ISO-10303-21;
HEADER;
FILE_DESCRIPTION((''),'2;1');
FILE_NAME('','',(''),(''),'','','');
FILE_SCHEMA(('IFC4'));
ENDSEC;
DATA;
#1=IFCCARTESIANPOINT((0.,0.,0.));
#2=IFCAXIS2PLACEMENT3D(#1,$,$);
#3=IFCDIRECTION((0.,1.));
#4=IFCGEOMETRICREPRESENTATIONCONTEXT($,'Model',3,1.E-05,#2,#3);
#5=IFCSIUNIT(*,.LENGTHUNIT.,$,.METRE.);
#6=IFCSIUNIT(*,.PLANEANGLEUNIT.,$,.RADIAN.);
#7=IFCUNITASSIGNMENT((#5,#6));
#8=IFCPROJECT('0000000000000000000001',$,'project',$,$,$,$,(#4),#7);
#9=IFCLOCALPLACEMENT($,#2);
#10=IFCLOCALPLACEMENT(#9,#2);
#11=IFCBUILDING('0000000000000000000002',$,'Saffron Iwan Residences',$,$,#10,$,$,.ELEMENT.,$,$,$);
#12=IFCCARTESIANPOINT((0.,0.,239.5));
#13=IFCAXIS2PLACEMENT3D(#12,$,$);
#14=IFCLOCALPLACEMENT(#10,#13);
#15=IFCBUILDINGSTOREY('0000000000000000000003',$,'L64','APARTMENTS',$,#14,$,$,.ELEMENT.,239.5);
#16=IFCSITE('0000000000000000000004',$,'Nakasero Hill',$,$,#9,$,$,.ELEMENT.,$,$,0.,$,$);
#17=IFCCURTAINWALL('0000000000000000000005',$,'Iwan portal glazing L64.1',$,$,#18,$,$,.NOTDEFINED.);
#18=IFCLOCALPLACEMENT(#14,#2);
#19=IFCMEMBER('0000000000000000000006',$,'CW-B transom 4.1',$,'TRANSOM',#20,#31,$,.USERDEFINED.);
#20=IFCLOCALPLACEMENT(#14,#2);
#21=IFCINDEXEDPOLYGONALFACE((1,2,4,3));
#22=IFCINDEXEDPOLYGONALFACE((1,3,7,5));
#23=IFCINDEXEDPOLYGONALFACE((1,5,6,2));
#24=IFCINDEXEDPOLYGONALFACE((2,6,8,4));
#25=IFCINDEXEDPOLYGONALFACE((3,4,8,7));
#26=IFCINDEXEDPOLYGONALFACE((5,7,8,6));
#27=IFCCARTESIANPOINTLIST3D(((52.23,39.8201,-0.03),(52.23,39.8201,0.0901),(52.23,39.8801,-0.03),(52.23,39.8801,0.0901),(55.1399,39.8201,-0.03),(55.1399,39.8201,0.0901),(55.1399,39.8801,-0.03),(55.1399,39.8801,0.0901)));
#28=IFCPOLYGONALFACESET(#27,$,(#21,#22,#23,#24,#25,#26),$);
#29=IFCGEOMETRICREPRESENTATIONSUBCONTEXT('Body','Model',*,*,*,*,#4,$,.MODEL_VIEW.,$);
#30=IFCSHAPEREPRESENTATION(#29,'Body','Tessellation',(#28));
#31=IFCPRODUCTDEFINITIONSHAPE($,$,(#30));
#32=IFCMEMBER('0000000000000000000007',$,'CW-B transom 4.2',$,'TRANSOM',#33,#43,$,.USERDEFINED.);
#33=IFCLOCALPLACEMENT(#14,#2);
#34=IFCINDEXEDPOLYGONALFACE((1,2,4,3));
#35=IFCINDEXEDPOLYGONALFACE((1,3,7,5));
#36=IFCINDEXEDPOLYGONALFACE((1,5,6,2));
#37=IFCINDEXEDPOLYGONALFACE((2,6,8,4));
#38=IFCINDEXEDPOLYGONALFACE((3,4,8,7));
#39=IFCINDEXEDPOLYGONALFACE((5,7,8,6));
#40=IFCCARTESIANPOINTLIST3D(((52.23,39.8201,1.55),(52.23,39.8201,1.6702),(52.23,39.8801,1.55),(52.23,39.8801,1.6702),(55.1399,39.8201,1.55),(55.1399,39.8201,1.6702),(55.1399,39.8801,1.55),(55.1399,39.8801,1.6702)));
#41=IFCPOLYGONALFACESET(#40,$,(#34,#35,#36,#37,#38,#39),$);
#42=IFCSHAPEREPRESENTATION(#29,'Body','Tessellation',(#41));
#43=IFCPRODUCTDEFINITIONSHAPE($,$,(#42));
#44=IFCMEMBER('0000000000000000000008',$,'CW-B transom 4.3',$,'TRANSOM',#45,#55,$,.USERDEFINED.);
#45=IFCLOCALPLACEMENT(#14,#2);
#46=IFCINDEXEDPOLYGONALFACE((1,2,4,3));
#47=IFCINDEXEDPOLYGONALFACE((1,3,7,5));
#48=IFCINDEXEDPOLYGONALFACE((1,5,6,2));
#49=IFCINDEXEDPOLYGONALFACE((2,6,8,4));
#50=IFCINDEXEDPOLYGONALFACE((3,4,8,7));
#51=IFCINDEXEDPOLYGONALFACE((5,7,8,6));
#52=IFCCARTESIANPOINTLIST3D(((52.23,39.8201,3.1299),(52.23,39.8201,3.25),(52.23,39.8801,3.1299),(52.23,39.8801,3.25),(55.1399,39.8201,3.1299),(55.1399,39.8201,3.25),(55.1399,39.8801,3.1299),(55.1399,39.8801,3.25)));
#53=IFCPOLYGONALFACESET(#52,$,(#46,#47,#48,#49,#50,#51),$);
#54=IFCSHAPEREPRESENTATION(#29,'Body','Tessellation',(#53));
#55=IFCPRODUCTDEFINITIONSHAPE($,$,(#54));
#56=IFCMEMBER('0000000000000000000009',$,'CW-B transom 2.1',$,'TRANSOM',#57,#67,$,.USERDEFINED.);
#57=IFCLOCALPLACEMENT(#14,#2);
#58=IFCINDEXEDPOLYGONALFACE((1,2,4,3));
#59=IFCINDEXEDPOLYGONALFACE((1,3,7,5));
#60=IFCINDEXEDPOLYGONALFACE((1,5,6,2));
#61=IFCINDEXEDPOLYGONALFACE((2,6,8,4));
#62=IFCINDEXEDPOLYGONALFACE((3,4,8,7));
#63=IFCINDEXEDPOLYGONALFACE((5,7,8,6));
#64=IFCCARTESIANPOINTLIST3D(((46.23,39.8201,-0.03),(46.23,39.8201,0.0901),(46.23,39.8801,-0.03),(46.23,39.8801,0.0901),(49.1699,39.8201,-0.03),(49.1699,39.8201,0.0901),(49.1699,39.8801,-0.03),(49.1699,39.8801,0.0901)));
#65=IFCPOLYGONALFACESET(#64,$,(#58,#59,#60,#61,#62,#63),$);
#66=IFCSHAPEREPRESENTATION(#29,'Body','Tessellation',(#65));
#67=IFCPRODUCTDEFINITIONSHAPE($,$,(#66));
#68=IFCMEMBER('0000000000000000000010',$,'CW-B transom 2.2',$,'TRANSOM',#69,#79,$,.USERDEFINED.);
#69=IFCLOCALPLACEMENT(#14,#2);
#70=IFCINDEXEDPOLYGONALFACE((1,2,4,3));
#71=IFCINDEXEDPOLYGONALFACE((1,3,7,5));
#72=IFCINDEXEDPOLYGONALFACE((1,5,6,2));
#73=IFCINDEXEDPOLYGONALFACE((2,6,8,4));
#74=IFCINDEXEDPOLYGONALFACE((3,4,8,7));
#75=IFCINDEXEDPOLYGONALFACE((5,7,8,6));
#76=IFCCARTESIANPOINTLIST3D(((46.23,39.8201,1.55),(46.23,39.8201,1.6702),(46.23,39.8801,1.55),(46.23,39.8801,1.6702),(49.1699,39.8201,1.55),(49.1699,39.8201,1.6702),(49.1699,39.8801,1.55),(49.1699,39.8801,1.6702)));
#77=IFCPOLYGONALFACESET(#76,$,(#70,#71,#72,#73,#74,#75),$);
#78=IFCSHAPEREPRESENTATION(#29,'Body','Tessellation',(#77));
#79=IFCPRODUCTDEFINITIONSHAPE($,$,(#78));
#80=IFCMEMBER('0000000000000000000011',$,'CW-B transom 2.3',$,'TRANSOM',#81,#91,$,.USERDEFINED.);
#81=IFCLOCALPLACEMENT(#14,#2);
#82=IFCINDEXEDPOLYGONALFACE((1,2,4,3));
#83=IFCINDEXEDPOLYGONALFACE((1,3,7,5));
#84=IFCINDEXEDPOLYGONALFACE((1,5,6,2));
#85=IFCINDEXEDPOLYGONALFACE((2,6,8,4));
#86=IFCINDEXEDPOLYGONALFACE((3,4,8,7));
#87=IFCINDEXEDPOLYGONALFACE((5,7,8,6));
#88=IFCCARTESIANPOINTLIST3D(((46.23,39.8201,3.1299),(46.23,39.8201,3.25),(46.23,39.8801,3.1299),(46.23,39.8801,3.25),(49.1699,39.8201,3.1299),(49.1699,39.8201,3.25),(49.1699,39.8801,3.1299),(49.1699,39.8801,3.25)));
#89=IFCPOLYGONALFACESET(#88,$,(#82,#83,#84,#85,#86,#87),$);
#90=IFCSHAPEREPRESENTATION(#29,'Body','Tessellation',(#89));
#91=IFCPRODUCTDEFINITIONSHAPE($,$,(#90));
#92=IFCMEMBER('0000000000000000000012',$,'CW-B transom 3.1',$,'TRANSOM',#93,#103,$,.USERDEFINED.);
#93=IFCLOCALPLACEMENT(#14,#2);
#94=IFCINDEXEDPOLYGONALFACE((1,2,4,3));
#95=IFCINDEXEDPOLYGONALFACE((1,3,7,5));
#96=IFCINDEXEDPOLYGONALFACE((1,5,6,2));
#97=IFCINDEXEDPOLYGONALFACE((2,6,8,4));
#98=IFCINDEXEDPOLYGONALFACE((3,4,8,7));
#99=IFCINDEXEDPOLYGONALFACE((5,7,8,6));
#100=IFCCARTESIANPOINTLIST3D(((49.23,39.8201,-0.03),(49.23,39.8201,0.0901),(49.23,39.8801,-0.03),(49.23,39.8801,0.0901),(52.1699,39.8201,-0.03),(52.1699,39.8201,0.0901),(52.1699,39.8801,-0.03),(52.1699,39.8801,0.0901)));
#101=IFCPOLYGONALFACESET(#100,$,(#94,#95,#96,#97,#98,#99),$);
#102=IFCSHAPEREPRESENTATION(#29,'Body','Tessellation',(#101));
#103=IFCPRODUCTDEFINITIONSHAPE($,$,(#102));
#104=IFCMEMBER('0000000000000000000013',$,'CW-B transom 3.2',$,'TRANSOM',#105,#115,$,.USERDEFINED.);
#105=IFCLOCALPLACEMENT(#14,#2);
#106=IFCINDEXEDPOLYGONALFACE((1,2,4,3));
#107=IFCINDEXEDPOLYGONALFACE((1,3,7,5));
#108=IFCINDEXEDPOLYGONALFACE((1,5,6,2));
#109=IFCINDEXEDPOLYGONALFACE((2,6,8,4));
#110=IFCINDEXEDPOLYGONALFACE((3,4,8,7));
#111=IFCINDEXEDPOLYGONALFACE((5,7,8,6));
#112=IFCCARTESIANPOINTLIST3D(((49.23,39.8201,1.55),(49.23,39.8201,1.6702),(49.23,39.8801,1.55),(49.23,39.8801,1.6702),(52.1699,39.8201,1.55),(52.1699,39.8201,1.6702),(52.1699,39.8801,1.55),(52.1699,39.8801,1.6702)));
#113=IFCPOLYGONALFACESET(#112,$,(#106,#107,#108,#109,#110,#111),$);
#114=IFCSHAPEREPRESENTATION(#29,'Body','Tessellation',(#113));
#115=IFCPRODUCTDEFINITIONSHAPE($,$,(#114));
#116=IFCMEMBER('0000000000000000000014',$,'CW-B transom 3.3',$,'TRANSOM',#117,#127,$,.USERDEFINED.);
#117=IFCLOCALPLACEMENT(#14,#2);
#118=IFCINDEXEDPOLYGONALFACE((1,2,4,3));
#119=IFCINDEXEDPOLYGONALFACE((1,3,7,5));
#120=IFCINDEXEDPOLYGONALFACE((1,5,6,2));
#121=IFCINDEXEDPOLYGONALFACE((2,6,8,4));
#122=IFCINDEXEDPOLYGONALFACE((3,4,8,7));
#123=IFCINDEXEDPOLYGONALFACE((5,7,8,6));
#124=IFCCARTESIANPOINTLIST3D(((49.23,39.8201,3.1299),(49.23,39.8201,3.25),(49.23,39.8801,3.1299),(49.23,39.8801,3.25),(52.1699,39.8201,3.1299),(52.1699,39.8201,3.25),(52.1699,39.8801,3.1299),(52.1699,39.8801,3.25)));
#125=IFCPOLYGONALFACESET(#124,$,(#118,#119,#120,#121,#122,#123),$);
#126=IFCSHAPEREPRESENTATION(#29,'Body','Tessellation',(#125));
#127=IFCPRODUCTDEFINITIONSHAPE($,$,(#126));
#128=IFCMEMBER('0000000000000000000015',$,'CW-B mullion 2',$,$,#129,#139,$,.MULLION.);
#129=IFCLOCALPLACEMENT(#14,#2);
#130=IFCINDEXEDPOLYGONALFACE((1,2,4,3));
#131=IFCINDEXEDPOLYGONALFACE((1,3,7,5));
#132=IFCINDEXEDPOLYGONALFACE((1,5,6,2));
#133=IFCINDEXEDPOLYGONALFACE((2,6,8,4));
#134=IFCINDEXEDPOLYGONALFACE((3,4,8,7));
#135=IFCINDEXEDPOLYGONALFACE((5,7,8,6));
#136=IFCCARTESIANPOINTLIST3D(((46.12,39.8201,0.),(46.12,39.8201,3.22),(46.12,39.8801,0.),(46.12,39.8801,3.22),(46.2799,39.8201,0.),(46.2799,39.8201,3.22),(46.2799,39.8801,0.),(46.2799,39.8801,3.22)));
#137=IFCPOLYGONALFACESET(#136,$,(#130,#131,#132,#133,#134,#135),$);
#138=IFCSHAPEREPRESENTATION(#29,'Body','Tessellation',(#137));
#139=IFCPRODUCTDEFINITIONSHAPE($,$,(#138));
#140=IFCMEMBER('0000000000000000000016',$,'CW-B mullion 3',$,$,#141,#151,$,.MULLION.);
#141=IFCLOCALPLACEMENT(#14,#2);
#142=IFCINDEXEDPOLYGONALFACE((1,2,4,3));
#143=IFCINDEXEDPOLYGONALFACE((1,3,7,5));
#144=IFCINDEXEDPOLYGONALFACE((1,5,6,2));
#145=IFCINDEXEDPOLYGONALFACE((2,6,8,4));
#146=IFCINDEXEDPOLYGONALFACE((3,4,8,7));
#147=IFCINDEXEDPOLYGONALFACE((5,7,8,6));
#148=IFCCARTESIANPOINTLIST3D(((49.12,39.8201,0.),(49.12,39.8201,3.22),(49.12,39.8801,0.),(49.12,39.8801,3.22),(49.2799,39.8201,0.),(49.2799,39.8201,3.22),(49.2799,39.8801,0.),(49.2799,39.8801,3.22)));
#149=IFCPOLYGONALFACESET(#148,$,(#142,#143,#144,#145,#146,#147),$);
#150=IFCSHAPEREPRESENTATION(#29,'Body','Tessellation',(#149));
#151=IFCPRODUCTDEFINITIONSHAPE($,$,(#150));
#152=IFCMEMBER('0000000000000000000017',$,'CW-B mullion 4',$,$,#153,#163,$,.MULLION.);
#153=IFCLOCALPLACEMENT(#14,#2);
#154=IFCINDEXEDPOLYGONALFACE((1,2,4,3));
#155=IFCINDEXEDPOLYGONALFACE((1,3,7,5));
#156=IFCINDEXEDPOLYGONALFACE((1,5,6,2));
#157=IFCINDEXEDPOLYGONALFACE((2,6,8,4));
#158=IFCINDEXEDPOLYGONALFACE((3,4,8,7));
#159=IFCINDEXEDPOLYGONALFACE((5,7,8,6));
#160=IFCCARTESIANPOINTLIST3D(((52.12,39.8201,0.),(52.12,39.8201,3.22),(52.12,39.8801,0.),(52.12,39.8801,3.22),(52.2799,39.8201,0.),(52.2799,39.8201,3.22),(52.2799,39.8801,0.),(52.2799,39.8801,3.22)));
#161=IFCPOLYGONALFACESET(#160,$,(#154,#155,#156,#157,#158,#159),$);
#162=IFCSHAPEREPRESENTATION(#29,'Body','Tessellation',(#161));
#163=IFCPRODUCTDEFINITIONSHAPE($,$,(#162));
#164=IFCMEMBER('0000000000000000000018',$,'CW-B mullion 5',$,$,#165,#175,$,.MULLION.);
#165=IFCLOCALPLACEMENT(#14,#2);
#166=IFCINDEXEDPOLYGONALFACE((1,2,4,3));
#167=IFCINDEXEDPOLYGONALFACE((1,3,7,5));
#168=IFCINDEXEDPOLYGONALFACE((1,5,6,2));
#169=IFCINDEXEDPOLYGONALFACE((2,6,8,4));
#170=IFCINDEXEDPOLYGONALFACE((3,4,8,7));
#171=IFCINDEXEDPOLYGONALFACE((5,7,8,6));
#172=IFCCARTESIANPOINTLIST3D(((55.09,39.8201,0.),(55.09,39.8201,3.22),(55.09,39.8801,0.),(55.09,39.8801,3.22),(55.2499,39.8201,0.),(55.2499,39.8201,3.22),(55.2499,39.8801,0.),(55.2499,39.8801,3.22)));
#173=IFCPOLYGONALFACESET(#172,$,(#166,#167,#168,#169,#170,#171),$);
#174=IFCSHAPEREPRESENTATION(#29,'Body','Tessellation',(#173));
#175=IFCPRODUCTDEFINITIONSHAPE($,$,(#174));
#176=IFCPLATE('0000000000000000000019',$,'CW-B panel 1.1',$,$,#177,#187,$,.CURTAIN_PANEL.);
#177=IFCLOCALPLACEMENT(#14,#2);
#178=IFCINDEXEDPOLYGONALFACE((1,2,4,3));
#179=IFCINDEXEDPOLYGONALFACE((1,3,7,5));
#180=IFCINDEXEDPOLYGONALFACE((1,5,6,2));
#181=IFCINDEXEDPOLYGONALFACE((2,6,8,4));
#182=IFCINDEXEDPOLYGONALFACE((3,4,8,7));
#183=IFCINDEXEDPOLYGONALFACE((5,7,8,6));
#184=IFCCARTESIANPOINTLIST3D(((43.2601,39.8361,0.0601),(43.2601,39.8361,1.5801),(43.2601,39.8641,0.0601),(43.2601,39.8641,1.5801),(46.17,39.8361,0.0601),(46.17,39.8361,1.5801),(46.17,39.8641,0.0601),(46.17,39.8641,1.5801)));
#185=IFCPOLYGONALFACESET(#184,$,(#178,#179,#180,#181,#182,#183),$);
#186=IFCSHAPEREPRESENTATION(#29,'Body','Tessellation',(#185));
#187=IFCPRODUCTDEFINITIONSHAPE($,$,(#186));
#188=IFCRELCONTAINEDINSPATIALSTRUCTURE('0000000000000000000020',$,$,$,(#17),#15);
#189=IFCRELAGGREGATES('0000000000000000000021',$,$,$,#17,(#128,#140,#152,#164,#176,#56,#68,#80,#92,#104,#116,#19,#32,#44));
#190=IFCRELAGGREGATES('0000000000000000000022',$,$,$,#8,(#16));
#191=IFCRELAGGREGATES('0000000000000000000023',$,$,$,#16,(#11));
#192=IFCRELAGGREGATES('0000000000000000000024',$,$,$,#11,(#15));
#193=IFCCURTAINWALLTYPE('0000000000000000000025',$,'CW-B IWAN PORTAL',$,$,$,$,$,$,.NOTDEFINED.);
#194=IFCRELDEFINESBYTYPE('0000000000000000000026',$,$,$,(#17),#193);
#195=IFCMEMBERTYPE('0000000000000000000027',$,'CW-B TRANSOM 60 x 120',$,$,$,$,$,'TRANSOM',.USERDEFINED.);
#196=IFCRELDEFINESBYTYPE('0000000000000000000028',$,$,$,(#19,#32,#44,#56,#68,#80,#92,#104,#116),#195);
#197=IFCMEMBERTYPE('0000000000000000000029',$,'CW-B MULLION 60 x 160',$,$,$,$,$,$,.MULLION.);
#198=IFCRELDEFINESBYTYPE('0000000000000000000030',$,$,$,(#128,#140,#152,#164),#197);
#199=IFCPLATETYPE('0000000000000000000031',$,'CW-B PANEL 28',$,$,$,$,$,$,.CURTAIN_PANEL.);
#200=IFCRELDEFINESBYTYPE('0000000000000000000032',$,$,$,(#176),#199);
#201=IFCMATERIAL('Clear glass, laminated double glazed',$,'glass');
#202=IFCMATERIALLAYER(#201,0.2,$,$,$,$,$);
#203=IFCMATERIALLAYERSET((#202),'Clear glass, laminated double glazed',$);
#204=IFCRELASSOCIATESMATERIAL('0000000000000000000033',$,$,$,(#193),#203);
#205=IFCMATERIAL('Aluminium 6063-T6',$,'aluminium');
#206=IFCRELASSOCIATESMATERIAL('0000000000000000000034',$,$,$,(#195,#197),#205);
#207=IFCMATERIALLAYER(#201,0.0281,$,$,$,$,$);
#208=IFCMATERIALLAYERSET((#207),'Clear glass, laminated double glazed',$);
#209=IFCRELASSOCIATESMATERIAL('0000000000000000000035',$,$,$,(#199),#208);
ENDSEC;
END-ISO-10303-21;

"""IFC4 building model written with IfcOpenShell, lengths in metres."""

from ifc_helpers import new_model, si_unit, direction, frame, origin, origin_2d, place, context, subcontext, project, spatial, rectangle, extrude, source, transform, mapped, material, layer, layer_set, material_profile, profile_set, type_object, element, aggregate, save


model = new_model("IFC4")

# Units and contexts
model_context = context("Model", 3, precision=1e-05, world=origin(), true_north=direction((0.0, 1.0)))
body_context = subcontext(model_context, "Body", "Model", "MODEL_VIEW")
ifc_project = project(units=[si_unit("LENGTHUNIT", "METRE"), si_unit("PLANEANGLEUNIT", "RADIAN")], contexts=[model_context])

# Site, building, storey
site_placement = place(None, origin())
site = spatial("IfcSite", under=ifc_project, at=site_placement, Name="Nakasero Hill", CompositionType="ELEMENT", RefElevation=0.0)
building_placement = place(site_placement, origin())
building = spatial("IfcBuilding", under=site, at=building_placement, Name="Saffron Iwan Residences", CompositionType="ELEMENT")
storey_placement = place(building_placement, frame((0.0, 0.0, 239.5)))
storey = spatial("IfcBuildingStorey", under=building, at=storey_placement, Name="L64", Description="APARTMENTS", CompositionType="ELEMENT", Elevation=239.5)

# Curtain wall, members, plate
ifc_material_1 = material(Name="Clear glass, laminated double glazed", Category="glass")
ifc_layer_1 = layer(ifc_material_1, 0.2)
ifc_layer_set_1 = layer_set([ifc_layer_1], Name="Clear glass, laminated double glazed")
curtain_wall_type = type_object("IfcCurtainWallType", Name="CW-B IWAN PORTAL", PredefinedType="NOTDEFINED", material=ifc_layer_set_1)
curtain_wall_placement = place(storey_placement, origin())
curtain_wall = element("IfcCurtainWall", 1, at=curtain_wall_placement, inside=storey, type_object=curtain_wall_type, Name="Iwan portal glazing L64.1", PredefinedType="NOTDEFINED")
ifc_material_2 = material(Name="Aluminium 6063-T6", Category="aluminium")
ifc_material_profile_1 = material_profile(ifc_material_2, rectangle(XDim=0.0601, YDim=0.1201, at=origin_2d()), Name="CW-B TRANSOM 60 x 120")
ifc_profile_set_1 = profile_set([ifc_material_profile_1], Name="Aluminium 6063-T6")
member_type_1 = type_object("IfcMemberType", Name="CW-B TRANSOM 60 x 120", ElementType="TRANSOM", PredefinedType="USERDEFINED", material=ifc_profile_set_1)
shared_shape_1 = source(origin(), body_context, "Body", "SweptSolid", [
    extrude(rectangle(XDim=0.0601, YDim=0.1201, at=origin_2d()), origin(), (0.0, 0.0, 1.0), 2.9099),
])
member_1_placement = place(storey_placement, frame((52.23, 39.8501, 0.03), z_axis=(1.0, 0.0, 0.0), x_axis=(0.0, 1.0, 0.0)))
member_1 = element("IfcMember", 2, at=member_1_placement, type_object=member_type_1, Name="CW-B transom 4.1", ObjectType="TRANSOM", PredefinedType="USERDEFINED", context=body_context, shape_type="MappedRepresentation", body=[
    mapped(shared_shape_1, transform((0.0, 0.0, 0.0))),
])
member_2_placement = place(storey_placement, frame((52.23, 39.8501, 1.6101), z_axis=(1.0, 0.0, 0.0), x_axis=(0.0, 1.0, 0.0)))
member_2 = element("IfcMember", 3, at=member_2_placement, type_object=member_type_1, Name="CW-B transom 4.2", ObjectType="TRANSOM", PredefinedType="USERDEFINED", context=body_context, shape_type="MappedRepresentation", body=[
    mapped(shared_shape_1, transform((0.0, 0.0, 0.0))),
])
member_3_placement = place(storey_placement, frame((52.23, 39.8501, 3.1899), z_axis=(1.0, 0.0, 0.0), x_axis=(0.0, 1.0, 0.0)))
member_3 = element("IfcMember", 4, at=member_3_placement, type_object=member_type_1, Name="CW-B transom 4.3", ObjectType="TRANSOM", PredefinedType="USERDEFINED", context=body_context, shape_type="MappedRepresentation", body=[
    mapped(shared_shape_1, transform((0.0, 0.0, 0.0))),
])
shared_shape_2 = source(origin(), body_context, "Body", "SweptSolid", [
    extrude(rectangle(XDim=0.0601, YDim=0.1201, at=origin_2d()), origin(), (0.0, 0.0, 1.0), 2.9399),
])
member_4_placement = place(storey_placement, frame((46.23, 39.8501, 0.03), z_axis=(1.0, 0.0, 0.0), x_axis=(0.0, 1.0, 0.0)))
member_4 = element("IfcMember", 5, at=member_4_placement, type_object=member_type_1, Name="CW-B transom 2.1", ObjectType="TRANSOM", PredefinedType="USERDEFINED", context=body_context, shape_type="MappedRepresentation", body=[
    mapped(shared_shape_2, transform((0.0, 0.0, 0.0))),
])
member_5_placement = place(storey_placement, frame((46.23, 39.8501, 1.6101), z_axis=(1.0, 0.0, 0.0), x_axis=(0.0, 1.0, 0.0)))
member_5 = element("IfcMember", 6, at=member_5_placement, type_object=member_type_1, Name="CW-B transom 2.2", ObjectType="TRANSOM", PredefinedType="USERDEFINED", context=body_context, shape_type="MappedRepresentation", body=[
    mapped(shared_shape_2, transform((0.0, 0.0, 0.0))),
])
member_6_placement = place(storey_placement, frame((46.23, 39.8501, 3.1899), z_axis=(1.0, 0.0, 0.0), x_axis=(0.0, 1.0, 0.0)))
member_6 = element("IfcMember", 7, at=member_6_placement, type_object=member_type_1, Name="CW-B transom 2.3", ObjectType="TRANSOM", PredefinedType="USERDEFINED", context=body_context, shape_type="MappedRepresentation", body=[
    mapped(shared_shape_2, transform((0.0, 0.0, 0.0))),
])
member_7_placement = place(storey_placement, frame((49.23, 39.8501, 0.03), z_axis=(1.0, 0.0, 0.0), x_axis=(0.0, 1.0, 0.0)))
member_7 = element("IfcMember", 8, at=member_7_placement, type_object=member_type_1, Name="CW-B transom 3.1", ObjectType="TRANSOM", PredefinedType="USERDEFINED", context=body_context, shape_type="MappedRepresentation", body=[
    mapped(shared_shape_2, transform((0.0, 0.0, 0.0))),
])
member_8_placement = place(storey_placement, frame((49.23, 39.8501, 1.6101), z_axis=(1.0, 0.0, 0.0), x_axis=(0.0, 1.0, 0.0)))
member_8 = element("IfcMember", 9, at=member_8_placement, type_object=member_type_1, Name="CW-B transom 3.2", ObjectType="TRANSOM", PredefinedType="USERDEFINED", context=body_context, shape_type="MappedRepresentation", body=[
    mapped(shared_shape_2, transform((0.0, 0.0, 0.0))),
])
member_9_placement = place(storey_placement, frame((49.23, 39.8501, 3.1899), z_axis=(1.0, 0.0, 0.0), x_axis=(0.0, 1.0, 0.0)))
member_9 = element("IfcMember", 10, at=member_9_placement, type_object=member_type_1, Name="CW-B transom 3.3", ObjectType="TRANSOM", PredefinedType="USERDEFINED", context=body_context, shape_type="MappedRepresentation", body=[
    mapped(shared_shape_2, transform((0.0, 0.0, 0.0))),
])
ifc_material_profile_2 = material_profile(ifc_material_2, rectangle(XDim=0.0601, YDim=0.1599, at=origin_2d()), Name="CW-B MULLION 60 x 160")
ifc_profile_set_2 = profile_set([ifc_material_profile_2], Name="Aluminium 6063-T6")
member_type_2 = type_object("IfcMemberType", Name="CW-B MULLION 60 x 160", PredefinedType="MULLION", material=ifc_profile_set_2)
shared_shape_3 = source(origin(), body_context, "Body", "SweptSolid", [
    extrude(rectangle(XDim=0.0601, YDim=0.1599, at=origin_2d()), origin(), (0.0, 0.0, 1.0), 3.22),
])
member_10_placement = place(storey_placement, frame((46.2, 39.8501, 0.0), z_axis=(0.0, 0.0, 1.0), x_axis=(0.0, 1.0, 0.0)))
member_10 = element("IfcMember", 11, at=member_10_placement, type_object=member_type_2, Name="CW-B mullion 2", PredefinedType="MULLION", context=body_context, shape_type="MappedRepresentation", body=[
    mapped(shared_shape_3, transform((0.0, 0.0, 0.0))),
])
member_11_placement = place(storey_placement, frame((49.2, 39.8501, 0.0), z_axis=(0.0, 0.0, 1.0), x_axis=(0.0, 1.0, 0.0)))
member_11 = element("IfcMember", 12, at=member_11_placement, type_object=member_type_2, Name="CW-B mullion 3", PredefinedType="MULLION", context=body_context, shape_type="MappedRepresentation", body=[
    mapped(shared_shape_3, transform((0.0, 0.0, 0.0))),
])
member_12_placement = place(storey_placement, frame((52.2, 39.8501, 0.0), z_axis=(0.0, 0.0, 1.0), x_axis=(0.0, 1.0, 0.0)))
member_12 = element("IfcMember", 13, at=member_12_placement, type_object=member_type_2, Name="CW-B mullion 4", PredefinedType="MULLION", context=body_context, shape_type="MappedRepresentation", body=[
    mapped(shared_shape_3, transform((0.0, 0.0, 0.0))),
])
member_13_placement = place(storey_placement, frame((55.1699, 39.8501, 0.0), z_axis=(0.0, 0.0, 1.0), x_axis=(0.0, 1.0, 0.0)))
member_13 = element("IfcMember", 14, at=member_13_placement, type_object=member_type_2, Name="CW-B mullion 5", PredefinedType="MULLION", context=body_context, shape_type="MappedRepresentation", body=[
    mapped(shared_shape_3, transform((0.0, 0.0, 0.0))),
])
ifc_layer_2 = layer(ifc_material_1, 0.0281)
ifc_layer_set_2 = layer_set([ifc_layer_2], Name="Clear glass, laminated double glazed")
plate_type = type_object("IfcPlateType", Name="CW-B PANEL 28", PredefinedType="CURTAIN_PANEL", material=ifc_layer_set_2)
shared_shape_4 = source(origin(), body_context, "Body", "SweptSolid", [
    extrude(rectangle(XDim=2.9099, YDim=0.0281, at=origin_2d()), origin(), (0.0, 0.0, 1.0), 1.52),
])
plate_1_placement = place(storey_placement, frame((44.7151, 39.8501, 0.0601), z_axis=(0.0, 0.0, 1.0), x_axis=(1.0, 0.0, 0.0)))
plate_1 = element("IfcPlate", 15, at=plate_1_placement, type_object=plate_type, Name="CW-B panel 1.1", PredefinedType="CURTAIN_PANEL", context=body_context, shape_type="MappedRepresentation", body=[
    mapped(shared_shape_4, transform((0.0, 0.0, 0.0))),
])
aggregate(curtain_wall, [member_10, member_11, member_12, member_13, plate_1, member_4, member_5, member_6, member_7, member_8, member_9, member_1, member_2, member_3])

save(model, "model.ifc")
